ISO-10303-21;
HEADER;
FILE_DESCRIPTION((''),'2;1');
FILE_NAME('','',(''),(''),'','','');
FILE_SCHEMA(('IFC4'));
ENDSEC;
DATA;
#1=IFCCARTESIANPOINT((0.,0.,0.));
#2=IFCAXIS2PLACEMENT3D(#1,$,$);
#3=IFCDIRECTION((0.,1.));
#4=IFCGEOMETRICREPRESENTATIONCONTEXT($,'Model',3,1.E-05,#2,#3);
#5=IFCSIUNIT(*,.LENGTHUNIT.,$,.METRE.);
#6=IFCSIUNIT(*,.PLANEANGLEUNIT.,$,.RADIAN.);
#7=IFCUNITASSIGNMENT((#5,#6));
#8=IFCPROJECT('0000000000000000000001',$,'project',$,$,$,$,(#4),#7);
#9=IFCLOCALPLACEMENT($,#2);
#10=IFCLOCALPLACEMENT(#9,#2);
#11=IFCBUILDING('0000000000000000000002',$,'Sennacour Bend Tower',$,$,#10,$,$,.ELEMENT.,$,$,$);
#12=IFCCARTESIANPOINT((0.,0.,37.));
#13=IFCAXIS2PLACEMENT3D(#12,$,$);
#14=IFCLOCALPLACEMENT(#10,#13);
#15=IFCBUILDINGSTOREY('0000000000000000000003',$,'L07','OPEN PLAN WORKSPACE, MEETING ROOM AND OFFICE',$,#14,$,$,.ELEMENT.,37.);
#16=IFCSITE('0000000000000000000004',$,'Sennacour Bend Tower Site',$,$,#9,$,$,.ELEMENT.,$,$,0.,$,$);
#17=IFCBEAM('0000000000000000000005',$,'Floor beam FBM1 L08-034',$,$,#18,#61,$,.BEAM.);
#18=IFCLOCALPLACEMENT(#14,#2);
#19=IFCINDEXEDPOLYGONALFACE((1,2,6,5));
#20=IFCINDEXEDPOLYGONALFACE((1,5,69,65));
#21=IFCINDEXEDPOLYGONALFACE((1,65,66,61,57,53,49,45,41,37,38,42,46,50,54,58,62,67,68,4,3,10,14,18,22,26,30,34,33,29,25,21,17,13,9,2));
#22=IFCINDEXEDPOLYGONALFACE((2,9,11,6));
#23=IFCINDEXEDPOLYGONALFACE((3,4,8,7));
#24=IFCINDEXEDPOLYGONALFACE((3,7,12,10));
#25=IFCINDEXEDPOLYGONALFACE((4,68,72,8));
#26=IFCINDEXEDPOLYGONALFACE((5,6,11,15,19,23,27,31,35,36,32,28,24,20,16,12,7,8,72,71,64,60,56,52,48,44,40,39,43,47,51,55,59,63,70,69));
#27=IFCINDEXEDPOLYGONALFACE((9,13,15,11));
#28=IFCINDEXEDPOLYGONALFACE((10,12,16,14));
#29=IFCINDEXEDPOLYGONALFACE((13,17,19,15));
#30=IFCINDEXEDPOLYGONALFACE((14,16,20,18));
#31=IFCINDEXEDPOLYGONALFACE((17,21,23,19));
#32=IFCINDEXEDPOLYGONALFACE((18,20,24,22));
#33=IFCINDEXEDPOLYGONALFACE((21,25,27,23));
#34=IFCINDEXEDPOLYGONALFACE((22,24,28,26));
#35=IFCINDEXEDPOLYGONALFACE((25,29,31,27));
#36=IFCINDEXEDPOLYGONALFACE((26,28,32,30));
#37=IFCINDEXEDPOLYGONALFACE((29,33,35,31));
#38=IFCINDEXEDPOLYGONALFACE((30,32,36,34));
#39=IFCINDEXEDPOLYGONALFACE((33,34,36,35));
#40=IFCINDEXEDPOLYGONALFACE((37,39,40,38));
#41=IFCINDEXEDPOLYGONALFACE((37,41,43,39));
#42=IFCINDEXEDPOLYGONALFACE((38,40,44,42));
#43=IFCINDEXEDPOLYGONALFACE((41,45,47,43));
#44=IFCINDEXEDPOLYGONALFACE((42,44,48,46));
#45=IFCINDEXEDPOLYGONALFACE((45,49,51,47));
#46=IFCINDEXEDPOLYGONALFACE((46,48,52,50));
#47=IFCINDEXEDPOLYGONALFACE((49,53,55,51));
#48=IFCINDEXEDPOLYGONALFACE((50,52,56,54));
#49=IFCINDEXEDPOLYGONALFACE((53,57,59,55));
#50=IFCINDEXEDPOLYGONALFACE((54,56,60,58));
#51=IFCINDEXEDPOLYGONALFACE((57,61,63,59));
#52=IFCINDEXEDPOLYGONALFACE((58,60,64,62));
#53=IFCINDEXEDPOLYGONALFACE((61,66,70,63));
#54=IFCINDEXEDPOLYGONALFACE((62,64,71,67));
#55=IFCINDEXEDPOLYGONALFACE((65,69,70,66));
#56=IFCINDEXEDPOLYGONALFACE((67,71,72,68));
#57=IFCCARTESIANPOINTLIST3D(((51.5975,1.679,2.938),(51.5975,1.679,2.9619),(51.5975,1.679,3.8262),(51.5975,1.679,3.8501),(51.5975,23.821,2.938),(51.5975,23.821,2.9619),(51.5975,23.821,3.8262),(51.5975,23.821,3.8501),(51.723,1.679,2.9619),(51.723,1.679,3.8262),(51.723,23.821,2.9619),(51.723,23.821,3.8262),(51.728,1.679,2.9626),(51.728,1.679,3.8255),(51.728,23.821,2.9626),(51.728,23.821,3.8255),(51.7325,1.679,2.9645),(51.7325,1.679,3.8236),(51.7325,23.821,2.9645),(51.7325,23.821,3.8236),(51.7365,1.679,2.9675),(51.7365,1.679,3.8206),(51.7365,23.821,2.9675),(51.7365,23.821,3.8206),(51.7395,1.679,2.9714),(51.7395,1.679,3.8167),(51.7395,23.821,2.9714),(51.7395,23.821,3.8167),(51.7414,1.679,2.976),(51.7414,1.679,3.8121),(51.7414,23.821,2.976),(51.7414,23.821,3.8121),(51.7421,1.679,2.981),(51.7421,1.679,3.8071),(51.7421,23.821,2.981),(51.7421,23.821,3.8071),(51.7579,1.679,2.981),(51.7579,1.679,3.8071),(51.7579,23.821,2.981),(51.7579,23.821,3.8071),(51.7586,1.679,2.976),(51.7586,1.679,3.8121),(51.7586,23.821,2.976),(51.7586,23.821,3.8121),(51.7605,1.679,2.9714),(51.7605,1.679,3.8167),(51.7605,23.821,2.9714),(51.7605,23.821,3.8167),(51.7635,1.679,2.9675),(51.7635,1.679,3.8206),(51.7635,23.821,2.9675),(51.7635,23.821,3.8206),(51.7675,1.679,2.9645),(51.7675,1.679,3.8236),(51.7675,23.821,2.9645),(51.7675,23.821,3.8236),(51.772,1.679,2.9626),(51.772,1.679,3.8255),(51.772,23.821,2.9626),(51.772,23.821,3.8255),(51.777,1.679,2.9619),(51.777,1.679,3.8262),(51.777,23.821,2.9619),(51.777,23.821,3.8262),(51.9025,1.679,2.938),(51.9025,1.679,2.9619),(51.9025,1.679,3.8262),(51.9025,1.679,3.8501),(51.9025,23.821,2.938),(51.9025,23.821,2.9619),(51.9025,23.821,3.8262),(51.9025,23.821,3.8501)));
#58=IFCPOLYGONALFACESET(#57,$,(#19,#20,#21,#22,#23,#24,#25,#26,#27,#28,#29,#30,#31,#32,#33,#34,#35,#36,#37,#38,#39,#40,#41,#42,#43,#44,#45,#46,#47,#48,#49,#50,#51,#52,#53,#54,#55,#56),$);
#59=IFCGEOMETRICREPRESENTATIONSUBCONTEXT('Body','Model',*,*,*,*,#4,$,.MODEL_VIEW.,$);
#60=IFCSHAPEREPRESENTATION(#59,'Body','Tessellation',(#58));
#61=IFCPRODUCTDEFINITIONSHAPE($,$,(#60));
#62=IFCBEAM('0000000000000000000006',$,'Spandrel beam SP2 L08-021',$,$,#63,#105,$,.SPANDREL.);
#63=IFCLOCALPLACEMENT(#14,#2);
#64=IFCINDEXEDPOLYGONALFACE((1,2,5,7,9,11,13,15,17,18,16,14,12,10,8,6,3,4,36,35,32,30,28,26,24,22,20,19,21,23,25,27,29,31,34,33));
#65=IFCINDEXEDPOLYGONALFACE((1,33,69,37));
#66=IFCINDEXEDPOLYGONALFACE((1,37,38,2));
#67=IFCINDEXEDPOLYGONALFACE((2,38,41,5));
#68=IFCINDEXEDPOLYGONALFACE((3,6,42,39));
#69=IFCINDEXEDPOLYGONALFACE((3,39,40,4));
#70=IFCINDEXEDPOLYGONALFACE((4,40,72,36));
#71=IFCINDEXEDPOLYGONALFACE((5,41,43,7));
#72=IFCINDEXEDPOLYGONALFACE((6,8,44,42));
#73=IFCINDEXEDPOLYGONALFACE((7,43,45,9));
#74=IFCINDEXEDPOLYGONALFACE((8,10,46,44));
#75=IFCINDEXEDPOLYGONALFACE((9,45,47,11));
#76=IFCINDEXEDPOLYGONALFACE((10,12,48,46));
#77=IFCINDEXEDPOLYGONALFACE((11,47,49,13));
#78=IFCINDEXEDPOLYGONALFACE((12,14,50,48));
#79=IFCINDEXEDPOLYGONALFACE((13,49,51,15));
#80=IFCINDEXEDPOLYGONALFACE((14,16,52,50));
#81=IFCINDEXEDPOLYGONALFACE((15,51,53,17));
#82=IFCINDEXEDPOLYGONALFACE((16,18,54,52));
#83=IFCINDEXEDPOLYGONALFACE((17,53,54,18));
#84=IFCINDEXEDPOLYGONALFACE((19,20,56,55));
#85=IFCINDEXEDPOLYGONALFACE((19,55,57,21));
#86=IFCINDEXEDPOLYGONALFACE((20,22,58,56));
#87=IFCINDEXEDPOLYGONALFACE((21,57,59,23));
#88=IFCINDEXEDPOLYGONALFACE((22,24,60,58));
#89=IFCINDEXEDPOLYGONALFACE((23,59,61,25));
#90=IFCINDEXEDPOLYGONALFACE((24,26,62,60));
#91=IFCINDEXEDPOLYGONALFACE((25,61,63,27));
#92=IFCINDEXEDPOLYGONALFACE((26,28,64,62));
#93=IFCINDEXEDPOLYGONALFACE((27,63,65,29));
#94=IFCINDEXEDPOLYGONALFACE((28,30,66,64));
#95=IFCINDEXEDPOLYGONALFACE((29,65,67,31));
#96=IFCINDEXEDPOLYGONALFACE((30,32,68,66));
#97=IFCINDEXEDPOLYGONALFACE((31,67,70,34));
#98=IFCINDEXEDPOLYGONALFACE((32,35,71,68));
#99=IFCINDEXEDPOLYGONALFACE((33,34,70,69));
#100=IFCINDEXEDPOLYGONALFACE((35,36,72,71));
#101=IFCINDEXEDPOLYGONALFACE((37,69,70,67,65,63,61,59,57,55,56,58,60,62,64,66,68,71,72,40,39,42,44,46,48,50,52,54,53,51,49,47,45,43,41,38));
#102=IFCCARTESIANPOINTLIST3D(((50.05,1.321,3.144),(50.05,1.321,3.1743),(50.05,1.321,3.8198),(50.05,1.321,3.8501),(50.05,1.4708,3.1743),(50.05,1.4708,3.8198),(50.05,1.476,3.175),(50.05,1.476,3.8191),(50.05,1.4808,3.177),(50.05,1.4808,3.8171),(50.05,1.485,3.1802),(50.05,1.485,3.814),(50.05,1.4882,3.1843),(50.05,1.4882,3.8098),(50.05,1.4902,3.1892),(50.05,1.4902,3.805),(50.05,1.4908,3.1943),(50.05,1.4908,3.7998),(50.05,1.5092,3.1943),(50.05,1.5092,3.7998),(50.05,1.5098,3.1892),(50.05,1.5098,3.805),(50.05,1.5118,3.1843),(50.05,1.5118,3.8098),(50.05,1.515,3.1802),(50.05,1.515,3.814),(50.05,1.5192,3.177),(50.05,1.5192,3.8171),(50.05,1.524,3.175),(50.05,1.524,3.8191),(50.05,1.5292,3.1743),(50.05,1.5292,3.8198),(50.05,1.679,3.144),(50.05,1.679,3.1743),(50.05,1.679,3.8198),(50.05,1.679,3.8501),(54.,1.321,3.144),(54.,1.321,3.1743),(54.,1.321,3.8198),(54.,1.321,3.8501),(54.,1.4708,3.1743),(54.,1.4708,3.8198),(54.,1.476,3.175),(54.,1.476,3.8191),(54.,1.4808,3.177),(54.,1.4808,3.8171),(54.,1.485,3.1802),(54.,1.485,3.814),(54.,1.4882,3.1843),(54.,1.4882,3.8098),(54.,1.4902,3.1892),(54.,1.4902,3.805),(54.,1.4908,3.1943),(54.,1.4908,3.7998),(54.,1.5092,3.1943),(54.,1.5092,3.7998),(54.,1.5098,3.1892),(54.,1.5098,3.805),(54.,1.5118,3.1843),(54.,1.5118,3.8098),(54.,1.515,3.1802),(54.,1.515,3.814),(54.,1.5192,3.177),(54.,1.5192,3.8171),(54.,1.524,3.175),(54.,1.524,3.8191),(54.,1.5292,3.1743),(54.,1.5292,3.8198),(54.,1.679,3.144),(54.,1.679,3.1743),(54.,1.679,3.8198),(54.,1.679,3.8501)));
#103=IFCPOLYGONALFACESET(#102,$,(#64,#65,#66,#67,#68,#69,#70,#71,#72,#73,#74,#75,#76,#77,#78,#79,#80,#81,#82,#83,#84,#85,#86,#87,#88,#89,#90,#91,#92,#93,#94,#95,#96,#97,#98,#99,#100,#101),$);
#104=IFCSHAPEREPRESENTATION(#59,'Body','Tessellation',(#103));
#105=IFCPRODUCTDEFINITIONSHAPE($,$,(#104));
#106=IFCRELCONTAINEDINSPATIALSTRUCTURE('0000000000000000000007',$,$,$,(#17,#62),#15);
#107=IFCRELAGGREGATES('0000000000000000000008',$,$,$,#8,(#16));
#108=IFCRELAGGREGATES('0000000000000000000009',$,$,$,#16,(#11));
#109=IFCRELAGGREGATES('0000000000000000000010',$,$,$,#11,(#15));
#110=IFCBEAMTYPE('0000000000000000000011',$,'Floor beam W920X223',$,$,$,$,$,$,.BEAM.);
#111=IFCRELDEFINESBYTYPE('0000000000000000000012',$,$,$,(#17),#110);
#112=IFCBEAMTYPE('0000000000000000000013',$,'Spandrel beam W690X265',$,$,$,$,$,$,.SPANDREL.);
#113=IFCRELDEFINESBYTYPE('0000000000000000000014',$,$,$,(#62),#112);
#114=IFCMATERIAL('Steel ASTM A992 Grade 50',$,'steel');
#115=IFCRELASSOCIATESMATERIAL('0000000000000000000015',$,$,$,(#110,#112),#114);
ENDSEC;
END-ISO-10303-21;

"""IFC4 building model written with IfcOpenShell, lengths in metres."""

from ifc_helpers import new_model, si_unit, direction, frame, origin, origin_2d, place, context, subcontext, project, spatial, i_section, extrude, material, material_profile, profile_set, type_object, element, save


model = new_model("IFC4")

# Units and contexts
model_context = context("Model", 3, precision=1e-05, world=origin(), true_north=direction((0.0, 1.0)))
body_context = subcontext(model_context, "Body", "Model", "MODEL_VIEW")
ifc_project = project(units=[si_unit("LENGTHUNIT", "METRE"), si_unit("PLANEANGLEUNIT", "RADIAN")], contexts=[model_context])

# Site, building, storey
site_placement = place(None, origin())
site = spatial("IfcSite", under=ifc_project, at=site_placement, Name="Sennacour Bend Tower Site", CompositionType="ELEMENT", RefElevation=0.0)
building_placement = place(site_placement, origin())
building = spatial("IfcBuilding", under=site, at=building_placement, Name="Sennacour Bend Tower", CompositionType="ELEMENT")
storey_placement = place(building_placement, frame((0.0, 0.0, 37.0)))
storey = spatial("IfcBuildingStorey", under=building, at=storey_placement, Name="L07", Description="OPEN PLAN WORKSPACE, MEETING ROOM AND OFFICE", CompositionType="ELEMENT", Elevation=37.0)

# Beams
ifc_material_1 = material(Name="Steel ASTM A992 Grade 50", Category="steel")
ifc_material_profile_1 = material_profile(ifc_material_1, i_section(OverallWidth=0.3049, OverallDepth=0.9121, WebThickness=0.0159, FlangeThickness=0.0239, FilletRadius=0.019, at=origin_2d()), Name="Steel ASTM A992 Grade 50", Category="steel")
ifc_profile_set_1 = profile_set([ifc_material_profile_1], Name="Steel ASTM A992 Grade 50")
beam_type_1 = type_object("IfcBeamType", Name="Floor beam W920X223", PredefinedType="BEAM", material=ifc_profile_set_1)
beam_1_placement = place(storey_placement, frame((51.75, 1.679, 3.394), z_axis=(0.0, 1.0, 0.0), x_axis=(-1.0, 0.0, 0.0)))
element("IfcBeam", 1, at=beam_1_placement, inside=storey, type_object=beam_type_1, Name="Floor beam FBM1 L08-034", PredefinedType="BEAM", context=body_context, shape_type="SweptSolid", body=[
    extrude(i_section(OverallWidth=0.3049, OverallDepth=0.9121, WebThickness=0.0159, FlangeThickness=0.0239, FilletRadius=0.019, at=origin_2d()), origin(), (0.0, 0.0, 1.0), 22.1421),
])
ifc_material_profile_2 = material_profile(ifc_material_1, i_section(OverallWidth=0.3579, OverallDepth=0.7061, WebThickness=0.0183, FlangeThickness=0.0303, FilletRadius=0.02, at=origin_2d()), Name="Steel ASTM A992 Grade 50", Category="steel")
ifc_profile_set_2 = profile_set([ifc_material_profile_2], Name="Steel ASTM A992 Grade 50")
beam_type_2 = type_object("IfcBeamType", Name="Spandrel beam W690X265", PredefinedType="SPANDREL", material=ifc_profile_set_2)
beam_2_placement = place(storey_placement, frame((54.0, 1.5, 3.4971), z_axis=(-1.0, 0.0, 0.0), x_axis=(0.0, -1.0, 0.0)))
element("IfcBeam", 2, at=beam_2_placement, inside=storey, type_object=beam_type_2, Name="Spandrel beam SP2 L08-021", PredefinedType="SPANDREL", context=body_context, shape_type="SweptSolid", body=[
    extrude(i_section(OverallWidth=0.3579, OverallDepth=0.7061, WebThickness=0.0183, FlangeThickness=0.0303, FilletRadius=0.02, at=origin_2d()), origin(), (0.0, 0.0, 1.0), 3.95),
])

save(model, "model.ifc")
